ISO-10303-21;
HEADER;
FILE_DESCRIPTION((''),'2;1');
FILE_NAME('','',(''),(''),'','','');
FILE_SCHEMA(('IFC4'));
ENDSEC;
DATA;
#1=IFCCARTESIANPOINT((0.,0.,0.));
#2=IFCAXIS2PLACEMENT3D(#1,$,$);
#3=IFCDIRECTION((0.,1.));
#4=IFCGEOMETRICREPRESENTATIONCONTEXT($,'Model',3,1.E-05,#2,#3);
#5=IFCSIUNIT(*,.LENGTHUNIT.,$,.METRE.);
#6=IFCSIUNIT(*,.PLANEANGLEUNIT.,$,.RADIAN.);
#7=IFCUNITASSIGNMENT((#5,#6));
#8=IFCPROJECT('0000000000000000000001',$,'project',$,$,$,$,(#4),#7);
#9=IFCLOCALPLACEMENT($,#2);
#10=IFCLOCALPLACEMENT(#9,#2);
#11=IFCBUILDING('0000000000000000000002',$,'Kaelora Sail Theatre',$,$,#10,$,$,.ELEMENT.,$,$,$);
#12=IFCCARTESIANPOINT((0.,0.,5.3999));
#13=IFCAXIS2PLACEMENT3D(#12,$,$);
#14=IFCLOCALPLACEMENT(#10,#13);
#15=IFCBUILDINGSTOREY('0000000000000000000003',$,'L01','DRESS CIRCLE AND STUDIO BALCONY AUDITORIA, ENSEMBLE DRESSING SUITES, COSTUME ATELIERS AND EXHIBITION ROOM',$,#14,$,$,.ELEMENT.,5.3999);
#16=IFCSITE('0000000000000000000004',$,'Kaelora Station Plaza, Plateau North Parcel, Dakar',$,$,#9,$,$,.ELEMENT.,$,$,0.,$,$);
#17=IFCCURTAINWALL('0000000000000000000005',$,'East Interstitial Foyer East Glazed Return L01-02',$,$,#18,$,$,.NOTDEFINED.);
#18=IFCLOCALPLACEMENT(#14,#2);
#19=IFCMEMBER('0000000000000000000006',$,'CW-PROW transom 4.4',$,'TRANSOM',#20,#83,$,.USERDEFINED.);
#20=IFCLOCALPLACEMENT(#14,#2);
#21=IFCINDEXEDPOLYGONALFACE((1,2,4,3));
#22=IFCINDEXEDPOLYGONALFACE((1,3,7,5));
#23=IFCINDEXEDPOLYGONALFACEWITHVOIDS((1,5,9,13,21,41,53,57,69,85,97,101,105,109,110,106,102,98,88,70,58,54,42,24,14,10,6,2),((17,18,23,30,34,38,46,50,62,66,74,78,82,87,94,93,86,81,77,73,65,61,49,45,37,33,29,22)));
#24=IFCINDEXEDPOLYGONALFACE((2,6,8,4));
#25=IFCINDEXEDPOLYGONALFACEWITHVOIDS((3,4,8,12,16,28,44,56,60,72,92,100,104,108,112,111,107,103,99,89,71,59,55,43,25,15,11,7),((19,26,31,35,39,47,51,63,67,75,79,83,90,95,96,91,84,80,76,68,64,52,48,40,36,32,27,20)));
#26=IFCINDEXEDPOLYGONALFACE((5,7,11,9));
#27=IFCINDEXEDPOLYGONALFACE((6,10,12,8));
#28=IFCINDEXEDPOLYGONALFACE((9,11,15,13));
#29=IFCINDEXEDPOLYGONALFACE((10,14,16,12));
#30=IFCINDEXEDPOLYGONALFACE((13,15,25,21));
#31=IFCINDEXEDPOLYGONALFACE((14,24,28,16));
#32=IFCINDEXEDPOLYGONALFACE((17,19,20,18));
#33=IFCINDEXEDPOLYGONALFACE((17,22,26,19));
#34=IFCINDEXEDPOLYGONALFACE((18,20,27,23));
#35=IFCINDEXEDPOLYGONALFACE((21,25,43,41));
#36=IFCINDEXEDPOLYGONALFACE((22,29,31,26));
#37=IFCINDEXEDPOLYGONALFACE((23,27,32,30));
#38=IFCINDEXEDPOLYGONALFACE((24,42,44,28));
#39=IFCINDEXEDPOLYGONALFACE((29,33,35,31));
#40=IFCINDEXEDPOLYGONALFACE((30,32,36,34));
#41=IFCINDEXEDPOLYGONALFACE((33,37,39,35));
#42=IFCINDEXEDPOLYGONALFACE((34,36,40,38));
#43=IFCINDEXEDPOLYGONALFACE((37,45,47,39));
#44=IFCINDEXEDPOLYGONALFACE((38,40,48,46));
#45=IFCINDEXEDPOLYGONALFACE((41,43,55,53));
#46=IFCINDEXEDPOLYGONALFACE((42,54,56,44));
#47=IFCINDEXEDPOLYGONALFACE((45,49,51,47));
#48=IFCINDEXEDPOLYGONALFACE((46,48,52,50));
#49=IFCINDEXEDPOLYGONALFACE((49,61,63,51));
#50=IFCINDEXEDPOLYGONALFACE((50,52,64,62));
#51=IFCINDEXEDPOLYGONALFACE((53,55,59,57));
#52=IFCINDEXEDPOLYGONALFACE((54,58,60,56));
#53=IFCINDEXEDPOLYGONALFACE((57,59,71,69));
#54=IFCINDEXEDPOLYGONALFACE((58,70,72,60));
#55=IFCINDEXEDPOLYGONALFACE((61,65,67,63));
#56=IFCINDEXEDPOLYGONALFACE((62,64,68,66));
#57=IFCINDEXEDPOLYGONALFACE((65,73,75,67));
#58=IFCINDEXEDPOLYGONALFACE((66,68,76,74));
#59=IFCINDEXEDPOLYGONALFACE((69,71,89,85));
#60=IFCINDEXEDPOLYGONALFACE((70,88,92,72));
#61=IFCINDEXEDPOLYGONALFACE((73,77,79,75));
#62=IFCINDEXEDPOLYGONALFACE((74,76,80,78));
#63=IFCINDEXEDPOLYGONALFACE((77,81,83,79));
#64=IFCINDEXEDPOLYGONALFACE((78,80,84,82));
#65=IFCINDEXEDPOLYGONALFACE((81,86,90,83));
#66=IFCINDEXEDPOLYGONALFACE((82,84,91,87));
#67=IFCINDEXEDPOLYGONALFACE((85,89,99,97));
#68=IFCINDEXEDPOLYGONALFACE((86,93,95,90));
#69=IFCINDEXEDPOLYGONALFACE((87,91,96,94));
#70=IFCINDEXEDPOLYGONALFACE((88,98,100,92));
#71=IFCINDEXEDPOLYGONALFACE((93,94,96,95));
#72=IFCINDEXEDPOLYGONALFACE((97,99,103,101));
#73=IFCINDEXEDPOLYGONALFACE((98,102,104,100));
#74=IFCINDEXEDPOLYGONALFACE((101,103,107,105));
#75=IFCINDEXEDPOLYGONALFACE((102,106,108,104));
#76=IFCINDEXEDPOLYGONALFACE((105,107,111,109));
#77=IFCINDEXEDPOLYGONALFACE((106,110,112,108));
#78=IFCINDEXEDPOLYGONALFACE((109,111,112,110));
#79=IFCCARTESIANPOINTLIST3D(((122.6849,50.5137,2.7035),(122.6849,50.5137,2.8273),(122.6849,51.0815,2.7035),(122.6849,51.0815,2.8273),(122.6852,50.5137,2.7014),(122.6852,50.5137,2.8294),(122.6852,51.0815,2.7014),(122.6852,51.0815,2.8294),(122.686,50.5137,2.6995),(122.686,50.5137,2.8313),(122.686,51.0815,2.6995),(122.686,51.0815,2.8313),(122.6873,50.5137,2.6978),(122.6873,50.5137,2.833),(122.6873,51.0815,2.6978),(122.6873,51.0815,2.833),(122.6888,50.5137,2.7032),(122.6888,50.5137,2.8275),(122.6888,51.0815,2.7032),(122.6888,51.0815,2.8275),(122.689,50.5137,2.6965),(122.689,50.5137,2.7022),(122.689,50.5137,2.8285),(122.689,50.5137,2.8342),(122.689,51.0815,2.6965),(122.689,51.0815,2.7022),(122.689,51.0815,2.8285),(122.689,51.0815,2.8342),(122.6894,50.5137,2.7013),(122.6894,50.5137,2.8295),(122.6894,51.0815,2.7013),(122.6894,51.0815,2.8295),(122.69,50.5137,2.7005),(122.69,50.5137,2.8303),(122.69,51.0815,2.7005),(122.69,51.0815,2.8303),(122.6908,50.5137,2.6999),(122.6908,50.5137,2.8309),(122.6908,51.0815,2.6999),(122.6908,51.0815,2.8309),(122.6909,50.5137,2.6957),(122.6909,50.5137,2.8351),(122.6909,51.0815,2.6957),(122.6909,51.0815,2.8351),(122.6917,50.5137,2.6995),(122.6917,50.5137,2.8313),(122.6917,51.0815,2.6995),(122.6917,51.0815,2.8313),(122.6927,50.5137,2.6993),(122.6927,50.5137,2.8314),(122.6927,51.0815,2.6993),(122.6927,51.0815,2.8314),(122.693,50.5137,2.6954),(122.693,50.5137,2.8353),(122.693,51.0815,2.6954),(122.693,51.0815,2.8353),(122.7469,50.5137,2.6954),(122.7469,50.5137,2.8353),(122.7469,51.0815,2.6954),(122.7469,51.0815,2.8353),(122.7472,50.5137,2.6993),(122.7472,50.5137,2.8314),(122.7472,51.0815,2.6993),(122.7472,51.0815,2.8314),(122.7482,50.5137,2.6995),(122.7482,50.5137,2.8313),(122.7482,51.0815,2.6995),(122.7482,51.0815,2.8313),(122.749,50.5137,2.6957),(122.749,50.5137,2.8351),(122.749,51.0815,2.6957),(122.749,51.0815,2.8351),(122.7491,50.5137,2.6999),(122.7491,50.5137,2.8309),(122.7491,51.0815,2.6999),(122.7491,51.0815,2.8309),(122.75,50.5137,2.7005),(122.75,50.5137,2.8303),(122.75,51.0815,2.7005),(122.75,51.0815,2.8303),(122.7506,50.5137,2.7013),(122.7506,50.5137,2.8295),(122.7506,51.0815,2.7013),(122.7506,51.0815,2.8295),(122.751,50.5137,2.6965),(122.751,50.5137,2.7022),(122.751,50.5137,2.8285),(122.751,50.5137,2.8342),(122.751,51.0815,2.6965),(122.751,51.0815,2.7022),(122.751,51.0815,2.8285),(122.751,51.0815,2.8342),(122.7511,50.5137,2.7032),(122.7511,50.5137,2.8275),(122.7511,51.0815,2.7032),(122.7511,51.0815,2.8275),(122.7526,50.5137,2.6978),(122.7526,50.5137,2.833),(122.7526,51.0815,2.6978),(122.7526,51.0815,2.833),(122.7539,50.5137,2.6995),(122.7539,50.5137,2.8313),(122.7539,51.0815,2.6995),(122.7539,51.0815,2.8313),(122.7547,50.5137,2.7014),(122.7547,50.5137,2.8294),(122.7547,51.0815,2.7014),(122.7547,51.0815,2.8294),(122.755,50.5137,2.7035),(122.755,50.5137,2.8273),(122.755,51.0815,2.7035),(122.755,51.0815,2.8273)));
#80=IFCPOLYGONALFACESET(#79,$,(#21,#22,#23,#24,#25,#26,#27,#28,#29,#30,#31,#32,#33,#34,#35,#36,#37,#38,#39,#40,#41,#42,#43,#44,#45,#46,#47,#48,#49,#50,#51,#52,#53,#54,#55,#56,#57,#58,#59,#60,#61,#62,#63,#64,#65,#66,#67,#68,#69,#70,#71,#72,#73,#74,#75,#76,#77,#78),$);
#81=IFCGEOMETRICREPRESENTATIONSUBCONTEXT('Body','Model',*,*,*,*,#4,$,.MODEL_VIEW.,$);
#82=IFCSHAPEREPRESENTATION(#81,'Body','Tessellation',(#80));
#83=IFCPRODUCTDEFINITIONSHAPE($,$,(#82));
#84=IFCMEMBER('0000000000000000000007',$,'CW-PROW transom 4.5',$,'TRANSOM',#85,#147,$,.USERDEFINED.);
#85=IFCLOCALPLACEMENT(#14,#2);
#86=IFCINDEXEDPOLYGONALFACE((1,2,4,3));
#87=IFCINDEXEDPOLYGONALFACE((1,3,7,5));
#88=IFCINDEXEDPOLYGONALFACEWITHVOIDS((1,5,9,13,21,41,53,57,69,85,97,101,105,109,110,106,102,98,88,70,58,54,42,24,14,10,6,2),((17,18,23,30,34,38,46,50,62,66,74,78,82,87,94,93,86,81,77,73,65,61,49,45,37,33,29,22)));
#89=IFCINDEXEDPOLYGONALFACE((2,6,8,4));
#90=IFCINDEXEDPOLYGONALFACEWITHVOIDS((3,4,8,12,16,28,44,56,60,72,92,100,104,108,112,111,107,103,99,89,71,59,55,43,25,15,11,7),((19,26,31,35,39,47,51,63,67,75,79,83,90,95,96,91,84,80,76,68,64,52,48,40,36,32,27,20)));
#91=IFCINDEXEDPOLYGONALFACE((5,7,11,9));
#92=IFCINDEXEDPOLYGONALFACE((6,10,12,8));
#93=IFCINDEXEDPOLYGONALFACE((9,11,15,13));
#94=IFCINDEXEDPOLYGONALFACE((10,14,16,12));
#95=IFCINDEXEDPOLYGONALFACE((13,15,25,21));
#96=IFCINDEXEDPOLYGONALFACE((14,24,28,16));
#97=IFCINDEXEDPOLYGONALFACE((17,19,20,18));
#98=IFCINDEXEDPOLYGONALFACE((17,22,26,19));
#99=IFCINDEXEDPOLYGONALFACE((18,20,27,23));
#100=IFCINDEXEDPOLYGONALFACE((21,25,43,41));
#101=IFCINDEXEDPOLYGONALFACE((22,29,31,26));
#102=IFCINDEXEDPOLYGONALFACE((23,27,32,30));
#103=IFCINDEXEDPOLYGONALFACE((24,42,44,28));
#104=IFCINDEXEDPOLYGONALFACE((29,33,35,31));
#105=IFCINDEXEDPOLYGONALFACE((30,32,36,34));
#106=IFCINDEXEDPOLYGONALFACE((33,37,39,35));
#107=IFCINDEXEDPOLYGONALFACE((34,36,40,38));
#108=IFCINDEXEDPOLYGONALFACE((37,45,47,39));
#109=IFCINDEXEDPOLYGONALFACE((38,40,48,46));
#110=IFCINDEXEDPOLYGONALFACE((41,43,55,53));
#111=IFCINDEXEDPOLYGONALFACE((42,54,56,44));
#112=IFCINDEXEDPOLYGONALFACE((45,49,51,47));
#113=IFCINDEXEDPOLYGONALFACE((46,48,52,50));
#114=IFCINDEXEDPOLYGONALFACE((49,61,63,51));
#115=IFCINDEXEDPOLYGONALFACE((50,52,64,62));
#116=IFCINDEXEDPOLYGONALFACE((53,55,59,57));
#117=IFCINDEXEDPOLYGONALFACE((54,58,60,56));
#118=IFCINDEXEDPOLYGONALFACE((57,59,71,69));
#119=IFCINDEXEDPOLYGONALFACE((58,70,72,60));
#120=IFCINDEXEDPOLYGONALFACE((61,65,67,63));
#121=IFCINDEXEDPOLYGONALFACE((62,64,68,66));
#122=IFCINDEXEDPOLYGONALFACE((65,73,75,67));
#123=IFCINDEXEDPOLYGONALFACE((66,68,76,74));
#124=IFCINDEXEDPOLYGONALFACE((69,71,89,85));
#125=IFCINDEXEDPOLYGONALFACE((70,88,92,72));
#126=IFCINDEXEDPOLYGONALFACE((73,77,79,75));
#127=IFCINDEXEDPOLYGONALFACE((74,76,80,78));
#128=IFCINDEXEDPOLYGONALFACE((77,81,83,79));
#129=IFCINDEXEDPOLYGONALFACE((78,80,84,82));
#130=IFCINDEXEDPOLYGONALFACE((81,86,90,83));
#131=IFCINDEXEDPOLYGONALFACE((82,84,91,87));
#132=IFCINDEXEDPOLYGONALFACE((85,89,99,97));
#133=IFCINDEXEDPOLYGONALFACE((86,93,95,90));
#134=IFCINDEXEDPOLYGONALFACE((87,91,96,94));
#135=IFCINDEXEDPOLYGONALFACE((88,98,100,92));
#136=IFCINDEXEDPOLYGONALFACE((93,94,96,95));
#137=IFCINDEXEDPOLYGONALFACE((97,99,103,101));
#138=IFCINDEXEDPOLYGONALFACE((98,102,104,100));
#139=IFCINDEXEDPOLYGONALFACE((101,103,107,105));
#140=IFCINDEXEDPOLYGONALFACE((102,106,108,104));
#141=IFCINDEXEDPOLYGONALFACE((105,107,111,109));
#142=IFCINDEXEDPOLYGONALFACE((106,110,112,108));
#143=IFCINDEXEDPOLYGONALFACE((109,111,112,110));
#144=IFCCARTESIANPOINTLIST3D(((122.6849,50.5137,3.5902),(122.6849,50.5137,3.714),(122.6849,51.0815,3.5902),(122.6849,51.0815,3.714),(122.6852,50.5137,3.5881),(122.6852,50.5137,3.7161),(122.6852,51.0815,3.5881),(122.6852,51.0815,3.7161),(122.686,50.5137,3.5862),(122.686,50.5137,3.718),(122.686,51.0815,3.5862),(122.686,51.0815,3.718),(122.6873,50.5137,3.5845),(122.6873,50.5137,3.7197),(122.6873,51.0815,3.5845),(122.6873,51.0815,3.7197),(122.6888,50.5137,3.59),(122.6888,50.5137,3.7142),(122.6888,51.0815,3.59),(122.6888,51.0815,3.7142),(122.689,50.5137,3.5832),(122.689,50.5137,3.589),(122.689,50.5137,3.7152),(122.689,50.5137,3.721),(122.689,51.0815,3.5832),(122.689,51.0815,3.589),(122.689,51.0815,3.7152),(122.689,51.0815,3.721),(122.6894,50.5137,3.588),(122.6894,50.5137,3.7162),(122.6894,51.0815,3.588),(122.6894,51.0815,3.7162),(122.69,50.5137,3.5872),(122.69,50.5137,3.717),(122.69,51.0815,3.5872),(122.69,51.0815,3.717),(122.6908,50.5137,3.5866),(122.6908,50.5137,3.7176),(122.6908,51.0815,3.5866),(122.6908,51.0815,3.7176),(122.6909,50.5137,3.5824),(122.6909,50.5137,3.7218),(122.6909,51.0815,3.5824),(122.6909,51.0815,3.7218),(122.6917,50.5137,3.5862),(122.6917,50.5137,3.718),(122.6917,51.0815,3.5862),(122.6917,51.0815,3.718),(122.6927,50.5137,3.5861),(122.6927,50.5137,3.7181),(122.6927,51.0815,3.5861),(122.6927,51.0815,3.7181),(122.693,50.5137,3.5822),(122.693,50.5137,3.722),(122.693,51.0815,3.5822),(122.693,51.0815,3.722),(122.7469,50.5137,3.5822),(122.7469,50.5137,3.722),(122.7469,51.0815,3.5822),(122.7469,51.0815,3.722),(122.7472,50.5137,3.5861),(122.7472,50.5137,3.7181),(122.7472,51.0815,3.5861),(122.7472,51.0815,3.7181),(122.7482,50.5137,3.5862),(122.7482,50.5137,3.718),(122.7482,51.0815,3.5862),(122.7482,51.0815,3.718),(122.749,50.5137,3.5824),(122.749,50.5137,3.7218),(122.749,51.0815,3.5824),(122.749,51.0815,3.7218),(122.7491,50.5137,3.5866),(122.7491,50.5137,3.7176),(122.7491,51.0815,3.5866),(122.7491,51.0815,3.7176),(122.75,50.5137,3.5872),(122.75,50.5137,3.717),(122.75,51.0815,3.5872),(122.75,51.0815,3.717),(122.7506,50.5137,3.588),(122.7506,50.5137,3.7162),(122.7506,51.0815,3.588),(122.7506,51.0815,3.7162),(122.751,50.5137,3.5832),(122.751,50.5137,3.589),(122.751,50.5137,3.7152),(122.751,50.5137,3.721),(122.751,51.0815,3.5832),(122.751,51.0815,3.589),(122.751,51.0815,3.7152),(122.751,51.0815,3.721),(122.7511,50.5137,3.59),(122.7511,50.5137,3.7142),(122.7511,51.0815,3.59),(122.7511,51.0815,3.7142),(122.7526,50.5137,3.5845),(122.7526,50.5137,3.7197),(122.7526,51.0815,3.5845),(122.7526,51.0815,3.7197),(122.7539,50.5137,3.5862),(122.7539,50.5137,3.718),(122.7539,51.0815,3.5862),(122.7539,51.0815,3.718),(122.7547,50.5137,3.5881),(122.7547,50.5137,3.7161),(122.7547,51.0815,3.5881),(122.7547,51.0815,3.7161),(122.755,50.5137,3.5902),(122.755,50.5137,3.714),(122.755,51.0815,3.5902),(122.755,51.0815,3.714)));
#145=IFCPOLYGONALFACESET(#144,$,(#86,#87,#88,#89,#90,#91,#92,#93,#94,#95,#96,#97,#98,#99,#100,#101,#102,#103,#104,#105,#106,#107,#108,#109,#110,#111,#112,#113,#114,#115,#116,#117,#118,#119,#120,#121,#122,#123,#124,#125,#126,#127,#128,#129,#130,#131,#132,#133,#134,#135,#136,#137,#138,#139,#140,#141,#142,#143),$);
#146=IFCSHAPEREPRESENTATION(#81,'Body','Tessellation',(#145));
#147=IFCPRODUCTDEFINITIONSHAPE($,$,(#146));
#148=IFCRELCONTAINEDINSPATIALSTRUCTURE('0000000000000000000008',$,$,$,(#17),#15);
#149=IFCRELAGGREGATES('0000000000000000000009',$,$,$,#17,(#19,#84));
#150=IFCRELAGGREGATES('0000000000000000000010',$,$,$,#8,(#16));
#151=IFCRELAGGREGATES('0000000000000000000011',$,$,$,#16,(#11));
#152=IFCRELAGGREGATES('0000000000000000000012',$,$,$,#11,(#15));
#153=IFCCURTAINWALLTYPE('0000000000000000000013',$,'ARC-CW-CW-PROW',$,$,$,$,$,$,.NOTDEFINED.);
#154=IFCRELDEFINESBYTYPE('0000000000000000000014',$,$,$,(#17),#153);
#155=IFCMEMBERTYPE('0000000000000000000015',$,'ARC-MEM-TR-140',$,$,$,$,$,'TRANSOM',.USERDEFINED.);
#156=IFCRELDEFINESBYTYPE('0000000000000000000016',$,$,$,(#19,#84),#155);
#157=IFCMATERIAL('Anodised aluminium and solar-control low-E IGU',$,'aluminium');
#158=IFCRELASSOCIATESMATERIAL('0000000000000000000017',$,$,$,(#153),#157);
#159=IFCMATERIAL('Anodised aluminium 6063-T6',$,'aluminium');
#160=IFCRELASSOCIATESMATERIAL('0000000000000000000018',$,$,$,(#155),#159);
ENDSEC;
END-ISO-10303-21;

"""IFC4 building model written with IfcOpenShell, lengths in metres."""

from ifc_helpers import new_model, si_unit, direction, frame, origin, origin_2d, place, context, subcontext, project, spatial, hollow_rectangle, extrude, material, material_profile, profile_set, type_object, element, aggregate, save


model = new_model("IFC4")

# Units and contexts
model_context = context("Model", 3, precision=1e-05, world=origin(), true_north=direction((0.0, 1.0)))
body_context = subcontext(model_context, "Body", "Model", "MODEL_VIEW")
ifc_project = project(units=[si_unit("LENGTHUNIT", "METRE"), si_unit("PLANEANGLEUNIT", "RADIAN")], contexts=[model_context])

# Site, building, storey
site_placement = place(None, origin())
site = spatial("IfcSite", under=ifc_project, at=site_placement, Name="Kaelora Station Plaza, Plateau North Parcel, Dakar", CompositionType="ELEMENT", RefElevation=0.0)
building_placement = place(site_placement, origin())
building = spatial("IfcBuilding", under=site, at=building_placement, Name="Kaelora Sail Theatre", CompositionType="ELEMENT")
storey_placement = place(building_placement, frame((0.0, 0.0, 5.3999)))
storey = spatial("IfcBuildingStorey", under=building, at=storey_placement, Name="L01", Description="DRESS CIRCLE AND STUDIO BALCONY AUDITORIA, ENSEMBLE DRESSING SUITES, COSTUME ATELIERS AND EXHIBITION ROOM", CompositionType="ELEMENT", Elevation=5.3999)

# Curtain wall, members
ifc_material_1 = material(Name="Anodised aluminium and solar-control low-E IGU", Category="aluminium")
curtain_wall_type = type_object("IfcCurtainWallType", Name="ARC-CW-CW-PROW", PredefinedType="NOTDEFINED", material=ifc_material_1)
curtain_wall_placement = place(storey_placement, origin())
curtain_wall = element("IfcCurtainWall", 1, at=curtain_wall_placement, inside=storey, type_object=curtain_wall_type, Name="East Interstitial Foyer East Glazed Return L01-02", PredefinedType="NOTDEFINED")
ifc_material_2 = material(Name="Anodised aluminium 6063-T6", Category="aluminium")
ifc_material_profile_1 = material_profile(ifc_material_2, hollow_rectangle(XDim=0.0701, YDim=0.1399, WallThickness=0.0039, InnerFilletRadius=0.0039, OuterFilletRadius=0.0081, at=origin_2d()), Name="ALU-TRAN 70x140x4")
ifc_profile_set_1 = profile_set([ifc_material_profile_1], Name="Anodised aluminium 6063-T6")
member_type_1 = type_object("IfcMemberType", Name="ARC-MEM-TR-140", ElementType="TRANSOM", PredefinedType="USERDEFINED", material=ifc_profile_set_1)
member_1_placement = place(storey_placement, frame((122.72, 50.5137, 2.7654), z_axis=(0.0, 1.0, 0.0), x_axis=(-1.0, 0.0, 0.0)))
member_1 = element("IfcMember", 2, at=member_1_placement, type_object=member_type_1, Name="CW-PROW transom 4.4", ObjectType="TRANSOM", PredefinedType="USERDEFINED", context=body_context, shape_type="SweptSolid", body=[
    extrude(hollow_rectangle(XDim=0.0701, YDim=0.1399, WallThickness=0.0039, InnerFilletRadius=0.0039, OuterFilletRadius=0.0081, at=origin_2d()), origin(), (0.0, 0.0, 1.0), 0.5679),
])
member_2_placement = place(storey_placement, frame((122.72, 50.5137, 3.6521), z_axis=(0.0, 1.0, 0.0), x_axis=(-1.0, 0.0, 0.0)))
member_2 = element("IfcMember", 3, at=member_2_placement, type_object=member_type_1, Name="CW-PROW transom 4.5", ObjectType="TRANSOM", PredefinedType="USERDEFINED", context=body_context, shape_type="SweptSolid", body=[
    extrude(hollow_rectangle(XDim=0.0701, YDim=0.1399, WallThickness=0.0039, InnerFilletRadius=0.0039, OuterFilletRadius=0.0081, at=origin_2d()), origin(), (0.0, 0.0, 1.0), 0.5679),
])
aggregate(curtain_wall, [member_1, member_2])

save(model, "model.ifc")
